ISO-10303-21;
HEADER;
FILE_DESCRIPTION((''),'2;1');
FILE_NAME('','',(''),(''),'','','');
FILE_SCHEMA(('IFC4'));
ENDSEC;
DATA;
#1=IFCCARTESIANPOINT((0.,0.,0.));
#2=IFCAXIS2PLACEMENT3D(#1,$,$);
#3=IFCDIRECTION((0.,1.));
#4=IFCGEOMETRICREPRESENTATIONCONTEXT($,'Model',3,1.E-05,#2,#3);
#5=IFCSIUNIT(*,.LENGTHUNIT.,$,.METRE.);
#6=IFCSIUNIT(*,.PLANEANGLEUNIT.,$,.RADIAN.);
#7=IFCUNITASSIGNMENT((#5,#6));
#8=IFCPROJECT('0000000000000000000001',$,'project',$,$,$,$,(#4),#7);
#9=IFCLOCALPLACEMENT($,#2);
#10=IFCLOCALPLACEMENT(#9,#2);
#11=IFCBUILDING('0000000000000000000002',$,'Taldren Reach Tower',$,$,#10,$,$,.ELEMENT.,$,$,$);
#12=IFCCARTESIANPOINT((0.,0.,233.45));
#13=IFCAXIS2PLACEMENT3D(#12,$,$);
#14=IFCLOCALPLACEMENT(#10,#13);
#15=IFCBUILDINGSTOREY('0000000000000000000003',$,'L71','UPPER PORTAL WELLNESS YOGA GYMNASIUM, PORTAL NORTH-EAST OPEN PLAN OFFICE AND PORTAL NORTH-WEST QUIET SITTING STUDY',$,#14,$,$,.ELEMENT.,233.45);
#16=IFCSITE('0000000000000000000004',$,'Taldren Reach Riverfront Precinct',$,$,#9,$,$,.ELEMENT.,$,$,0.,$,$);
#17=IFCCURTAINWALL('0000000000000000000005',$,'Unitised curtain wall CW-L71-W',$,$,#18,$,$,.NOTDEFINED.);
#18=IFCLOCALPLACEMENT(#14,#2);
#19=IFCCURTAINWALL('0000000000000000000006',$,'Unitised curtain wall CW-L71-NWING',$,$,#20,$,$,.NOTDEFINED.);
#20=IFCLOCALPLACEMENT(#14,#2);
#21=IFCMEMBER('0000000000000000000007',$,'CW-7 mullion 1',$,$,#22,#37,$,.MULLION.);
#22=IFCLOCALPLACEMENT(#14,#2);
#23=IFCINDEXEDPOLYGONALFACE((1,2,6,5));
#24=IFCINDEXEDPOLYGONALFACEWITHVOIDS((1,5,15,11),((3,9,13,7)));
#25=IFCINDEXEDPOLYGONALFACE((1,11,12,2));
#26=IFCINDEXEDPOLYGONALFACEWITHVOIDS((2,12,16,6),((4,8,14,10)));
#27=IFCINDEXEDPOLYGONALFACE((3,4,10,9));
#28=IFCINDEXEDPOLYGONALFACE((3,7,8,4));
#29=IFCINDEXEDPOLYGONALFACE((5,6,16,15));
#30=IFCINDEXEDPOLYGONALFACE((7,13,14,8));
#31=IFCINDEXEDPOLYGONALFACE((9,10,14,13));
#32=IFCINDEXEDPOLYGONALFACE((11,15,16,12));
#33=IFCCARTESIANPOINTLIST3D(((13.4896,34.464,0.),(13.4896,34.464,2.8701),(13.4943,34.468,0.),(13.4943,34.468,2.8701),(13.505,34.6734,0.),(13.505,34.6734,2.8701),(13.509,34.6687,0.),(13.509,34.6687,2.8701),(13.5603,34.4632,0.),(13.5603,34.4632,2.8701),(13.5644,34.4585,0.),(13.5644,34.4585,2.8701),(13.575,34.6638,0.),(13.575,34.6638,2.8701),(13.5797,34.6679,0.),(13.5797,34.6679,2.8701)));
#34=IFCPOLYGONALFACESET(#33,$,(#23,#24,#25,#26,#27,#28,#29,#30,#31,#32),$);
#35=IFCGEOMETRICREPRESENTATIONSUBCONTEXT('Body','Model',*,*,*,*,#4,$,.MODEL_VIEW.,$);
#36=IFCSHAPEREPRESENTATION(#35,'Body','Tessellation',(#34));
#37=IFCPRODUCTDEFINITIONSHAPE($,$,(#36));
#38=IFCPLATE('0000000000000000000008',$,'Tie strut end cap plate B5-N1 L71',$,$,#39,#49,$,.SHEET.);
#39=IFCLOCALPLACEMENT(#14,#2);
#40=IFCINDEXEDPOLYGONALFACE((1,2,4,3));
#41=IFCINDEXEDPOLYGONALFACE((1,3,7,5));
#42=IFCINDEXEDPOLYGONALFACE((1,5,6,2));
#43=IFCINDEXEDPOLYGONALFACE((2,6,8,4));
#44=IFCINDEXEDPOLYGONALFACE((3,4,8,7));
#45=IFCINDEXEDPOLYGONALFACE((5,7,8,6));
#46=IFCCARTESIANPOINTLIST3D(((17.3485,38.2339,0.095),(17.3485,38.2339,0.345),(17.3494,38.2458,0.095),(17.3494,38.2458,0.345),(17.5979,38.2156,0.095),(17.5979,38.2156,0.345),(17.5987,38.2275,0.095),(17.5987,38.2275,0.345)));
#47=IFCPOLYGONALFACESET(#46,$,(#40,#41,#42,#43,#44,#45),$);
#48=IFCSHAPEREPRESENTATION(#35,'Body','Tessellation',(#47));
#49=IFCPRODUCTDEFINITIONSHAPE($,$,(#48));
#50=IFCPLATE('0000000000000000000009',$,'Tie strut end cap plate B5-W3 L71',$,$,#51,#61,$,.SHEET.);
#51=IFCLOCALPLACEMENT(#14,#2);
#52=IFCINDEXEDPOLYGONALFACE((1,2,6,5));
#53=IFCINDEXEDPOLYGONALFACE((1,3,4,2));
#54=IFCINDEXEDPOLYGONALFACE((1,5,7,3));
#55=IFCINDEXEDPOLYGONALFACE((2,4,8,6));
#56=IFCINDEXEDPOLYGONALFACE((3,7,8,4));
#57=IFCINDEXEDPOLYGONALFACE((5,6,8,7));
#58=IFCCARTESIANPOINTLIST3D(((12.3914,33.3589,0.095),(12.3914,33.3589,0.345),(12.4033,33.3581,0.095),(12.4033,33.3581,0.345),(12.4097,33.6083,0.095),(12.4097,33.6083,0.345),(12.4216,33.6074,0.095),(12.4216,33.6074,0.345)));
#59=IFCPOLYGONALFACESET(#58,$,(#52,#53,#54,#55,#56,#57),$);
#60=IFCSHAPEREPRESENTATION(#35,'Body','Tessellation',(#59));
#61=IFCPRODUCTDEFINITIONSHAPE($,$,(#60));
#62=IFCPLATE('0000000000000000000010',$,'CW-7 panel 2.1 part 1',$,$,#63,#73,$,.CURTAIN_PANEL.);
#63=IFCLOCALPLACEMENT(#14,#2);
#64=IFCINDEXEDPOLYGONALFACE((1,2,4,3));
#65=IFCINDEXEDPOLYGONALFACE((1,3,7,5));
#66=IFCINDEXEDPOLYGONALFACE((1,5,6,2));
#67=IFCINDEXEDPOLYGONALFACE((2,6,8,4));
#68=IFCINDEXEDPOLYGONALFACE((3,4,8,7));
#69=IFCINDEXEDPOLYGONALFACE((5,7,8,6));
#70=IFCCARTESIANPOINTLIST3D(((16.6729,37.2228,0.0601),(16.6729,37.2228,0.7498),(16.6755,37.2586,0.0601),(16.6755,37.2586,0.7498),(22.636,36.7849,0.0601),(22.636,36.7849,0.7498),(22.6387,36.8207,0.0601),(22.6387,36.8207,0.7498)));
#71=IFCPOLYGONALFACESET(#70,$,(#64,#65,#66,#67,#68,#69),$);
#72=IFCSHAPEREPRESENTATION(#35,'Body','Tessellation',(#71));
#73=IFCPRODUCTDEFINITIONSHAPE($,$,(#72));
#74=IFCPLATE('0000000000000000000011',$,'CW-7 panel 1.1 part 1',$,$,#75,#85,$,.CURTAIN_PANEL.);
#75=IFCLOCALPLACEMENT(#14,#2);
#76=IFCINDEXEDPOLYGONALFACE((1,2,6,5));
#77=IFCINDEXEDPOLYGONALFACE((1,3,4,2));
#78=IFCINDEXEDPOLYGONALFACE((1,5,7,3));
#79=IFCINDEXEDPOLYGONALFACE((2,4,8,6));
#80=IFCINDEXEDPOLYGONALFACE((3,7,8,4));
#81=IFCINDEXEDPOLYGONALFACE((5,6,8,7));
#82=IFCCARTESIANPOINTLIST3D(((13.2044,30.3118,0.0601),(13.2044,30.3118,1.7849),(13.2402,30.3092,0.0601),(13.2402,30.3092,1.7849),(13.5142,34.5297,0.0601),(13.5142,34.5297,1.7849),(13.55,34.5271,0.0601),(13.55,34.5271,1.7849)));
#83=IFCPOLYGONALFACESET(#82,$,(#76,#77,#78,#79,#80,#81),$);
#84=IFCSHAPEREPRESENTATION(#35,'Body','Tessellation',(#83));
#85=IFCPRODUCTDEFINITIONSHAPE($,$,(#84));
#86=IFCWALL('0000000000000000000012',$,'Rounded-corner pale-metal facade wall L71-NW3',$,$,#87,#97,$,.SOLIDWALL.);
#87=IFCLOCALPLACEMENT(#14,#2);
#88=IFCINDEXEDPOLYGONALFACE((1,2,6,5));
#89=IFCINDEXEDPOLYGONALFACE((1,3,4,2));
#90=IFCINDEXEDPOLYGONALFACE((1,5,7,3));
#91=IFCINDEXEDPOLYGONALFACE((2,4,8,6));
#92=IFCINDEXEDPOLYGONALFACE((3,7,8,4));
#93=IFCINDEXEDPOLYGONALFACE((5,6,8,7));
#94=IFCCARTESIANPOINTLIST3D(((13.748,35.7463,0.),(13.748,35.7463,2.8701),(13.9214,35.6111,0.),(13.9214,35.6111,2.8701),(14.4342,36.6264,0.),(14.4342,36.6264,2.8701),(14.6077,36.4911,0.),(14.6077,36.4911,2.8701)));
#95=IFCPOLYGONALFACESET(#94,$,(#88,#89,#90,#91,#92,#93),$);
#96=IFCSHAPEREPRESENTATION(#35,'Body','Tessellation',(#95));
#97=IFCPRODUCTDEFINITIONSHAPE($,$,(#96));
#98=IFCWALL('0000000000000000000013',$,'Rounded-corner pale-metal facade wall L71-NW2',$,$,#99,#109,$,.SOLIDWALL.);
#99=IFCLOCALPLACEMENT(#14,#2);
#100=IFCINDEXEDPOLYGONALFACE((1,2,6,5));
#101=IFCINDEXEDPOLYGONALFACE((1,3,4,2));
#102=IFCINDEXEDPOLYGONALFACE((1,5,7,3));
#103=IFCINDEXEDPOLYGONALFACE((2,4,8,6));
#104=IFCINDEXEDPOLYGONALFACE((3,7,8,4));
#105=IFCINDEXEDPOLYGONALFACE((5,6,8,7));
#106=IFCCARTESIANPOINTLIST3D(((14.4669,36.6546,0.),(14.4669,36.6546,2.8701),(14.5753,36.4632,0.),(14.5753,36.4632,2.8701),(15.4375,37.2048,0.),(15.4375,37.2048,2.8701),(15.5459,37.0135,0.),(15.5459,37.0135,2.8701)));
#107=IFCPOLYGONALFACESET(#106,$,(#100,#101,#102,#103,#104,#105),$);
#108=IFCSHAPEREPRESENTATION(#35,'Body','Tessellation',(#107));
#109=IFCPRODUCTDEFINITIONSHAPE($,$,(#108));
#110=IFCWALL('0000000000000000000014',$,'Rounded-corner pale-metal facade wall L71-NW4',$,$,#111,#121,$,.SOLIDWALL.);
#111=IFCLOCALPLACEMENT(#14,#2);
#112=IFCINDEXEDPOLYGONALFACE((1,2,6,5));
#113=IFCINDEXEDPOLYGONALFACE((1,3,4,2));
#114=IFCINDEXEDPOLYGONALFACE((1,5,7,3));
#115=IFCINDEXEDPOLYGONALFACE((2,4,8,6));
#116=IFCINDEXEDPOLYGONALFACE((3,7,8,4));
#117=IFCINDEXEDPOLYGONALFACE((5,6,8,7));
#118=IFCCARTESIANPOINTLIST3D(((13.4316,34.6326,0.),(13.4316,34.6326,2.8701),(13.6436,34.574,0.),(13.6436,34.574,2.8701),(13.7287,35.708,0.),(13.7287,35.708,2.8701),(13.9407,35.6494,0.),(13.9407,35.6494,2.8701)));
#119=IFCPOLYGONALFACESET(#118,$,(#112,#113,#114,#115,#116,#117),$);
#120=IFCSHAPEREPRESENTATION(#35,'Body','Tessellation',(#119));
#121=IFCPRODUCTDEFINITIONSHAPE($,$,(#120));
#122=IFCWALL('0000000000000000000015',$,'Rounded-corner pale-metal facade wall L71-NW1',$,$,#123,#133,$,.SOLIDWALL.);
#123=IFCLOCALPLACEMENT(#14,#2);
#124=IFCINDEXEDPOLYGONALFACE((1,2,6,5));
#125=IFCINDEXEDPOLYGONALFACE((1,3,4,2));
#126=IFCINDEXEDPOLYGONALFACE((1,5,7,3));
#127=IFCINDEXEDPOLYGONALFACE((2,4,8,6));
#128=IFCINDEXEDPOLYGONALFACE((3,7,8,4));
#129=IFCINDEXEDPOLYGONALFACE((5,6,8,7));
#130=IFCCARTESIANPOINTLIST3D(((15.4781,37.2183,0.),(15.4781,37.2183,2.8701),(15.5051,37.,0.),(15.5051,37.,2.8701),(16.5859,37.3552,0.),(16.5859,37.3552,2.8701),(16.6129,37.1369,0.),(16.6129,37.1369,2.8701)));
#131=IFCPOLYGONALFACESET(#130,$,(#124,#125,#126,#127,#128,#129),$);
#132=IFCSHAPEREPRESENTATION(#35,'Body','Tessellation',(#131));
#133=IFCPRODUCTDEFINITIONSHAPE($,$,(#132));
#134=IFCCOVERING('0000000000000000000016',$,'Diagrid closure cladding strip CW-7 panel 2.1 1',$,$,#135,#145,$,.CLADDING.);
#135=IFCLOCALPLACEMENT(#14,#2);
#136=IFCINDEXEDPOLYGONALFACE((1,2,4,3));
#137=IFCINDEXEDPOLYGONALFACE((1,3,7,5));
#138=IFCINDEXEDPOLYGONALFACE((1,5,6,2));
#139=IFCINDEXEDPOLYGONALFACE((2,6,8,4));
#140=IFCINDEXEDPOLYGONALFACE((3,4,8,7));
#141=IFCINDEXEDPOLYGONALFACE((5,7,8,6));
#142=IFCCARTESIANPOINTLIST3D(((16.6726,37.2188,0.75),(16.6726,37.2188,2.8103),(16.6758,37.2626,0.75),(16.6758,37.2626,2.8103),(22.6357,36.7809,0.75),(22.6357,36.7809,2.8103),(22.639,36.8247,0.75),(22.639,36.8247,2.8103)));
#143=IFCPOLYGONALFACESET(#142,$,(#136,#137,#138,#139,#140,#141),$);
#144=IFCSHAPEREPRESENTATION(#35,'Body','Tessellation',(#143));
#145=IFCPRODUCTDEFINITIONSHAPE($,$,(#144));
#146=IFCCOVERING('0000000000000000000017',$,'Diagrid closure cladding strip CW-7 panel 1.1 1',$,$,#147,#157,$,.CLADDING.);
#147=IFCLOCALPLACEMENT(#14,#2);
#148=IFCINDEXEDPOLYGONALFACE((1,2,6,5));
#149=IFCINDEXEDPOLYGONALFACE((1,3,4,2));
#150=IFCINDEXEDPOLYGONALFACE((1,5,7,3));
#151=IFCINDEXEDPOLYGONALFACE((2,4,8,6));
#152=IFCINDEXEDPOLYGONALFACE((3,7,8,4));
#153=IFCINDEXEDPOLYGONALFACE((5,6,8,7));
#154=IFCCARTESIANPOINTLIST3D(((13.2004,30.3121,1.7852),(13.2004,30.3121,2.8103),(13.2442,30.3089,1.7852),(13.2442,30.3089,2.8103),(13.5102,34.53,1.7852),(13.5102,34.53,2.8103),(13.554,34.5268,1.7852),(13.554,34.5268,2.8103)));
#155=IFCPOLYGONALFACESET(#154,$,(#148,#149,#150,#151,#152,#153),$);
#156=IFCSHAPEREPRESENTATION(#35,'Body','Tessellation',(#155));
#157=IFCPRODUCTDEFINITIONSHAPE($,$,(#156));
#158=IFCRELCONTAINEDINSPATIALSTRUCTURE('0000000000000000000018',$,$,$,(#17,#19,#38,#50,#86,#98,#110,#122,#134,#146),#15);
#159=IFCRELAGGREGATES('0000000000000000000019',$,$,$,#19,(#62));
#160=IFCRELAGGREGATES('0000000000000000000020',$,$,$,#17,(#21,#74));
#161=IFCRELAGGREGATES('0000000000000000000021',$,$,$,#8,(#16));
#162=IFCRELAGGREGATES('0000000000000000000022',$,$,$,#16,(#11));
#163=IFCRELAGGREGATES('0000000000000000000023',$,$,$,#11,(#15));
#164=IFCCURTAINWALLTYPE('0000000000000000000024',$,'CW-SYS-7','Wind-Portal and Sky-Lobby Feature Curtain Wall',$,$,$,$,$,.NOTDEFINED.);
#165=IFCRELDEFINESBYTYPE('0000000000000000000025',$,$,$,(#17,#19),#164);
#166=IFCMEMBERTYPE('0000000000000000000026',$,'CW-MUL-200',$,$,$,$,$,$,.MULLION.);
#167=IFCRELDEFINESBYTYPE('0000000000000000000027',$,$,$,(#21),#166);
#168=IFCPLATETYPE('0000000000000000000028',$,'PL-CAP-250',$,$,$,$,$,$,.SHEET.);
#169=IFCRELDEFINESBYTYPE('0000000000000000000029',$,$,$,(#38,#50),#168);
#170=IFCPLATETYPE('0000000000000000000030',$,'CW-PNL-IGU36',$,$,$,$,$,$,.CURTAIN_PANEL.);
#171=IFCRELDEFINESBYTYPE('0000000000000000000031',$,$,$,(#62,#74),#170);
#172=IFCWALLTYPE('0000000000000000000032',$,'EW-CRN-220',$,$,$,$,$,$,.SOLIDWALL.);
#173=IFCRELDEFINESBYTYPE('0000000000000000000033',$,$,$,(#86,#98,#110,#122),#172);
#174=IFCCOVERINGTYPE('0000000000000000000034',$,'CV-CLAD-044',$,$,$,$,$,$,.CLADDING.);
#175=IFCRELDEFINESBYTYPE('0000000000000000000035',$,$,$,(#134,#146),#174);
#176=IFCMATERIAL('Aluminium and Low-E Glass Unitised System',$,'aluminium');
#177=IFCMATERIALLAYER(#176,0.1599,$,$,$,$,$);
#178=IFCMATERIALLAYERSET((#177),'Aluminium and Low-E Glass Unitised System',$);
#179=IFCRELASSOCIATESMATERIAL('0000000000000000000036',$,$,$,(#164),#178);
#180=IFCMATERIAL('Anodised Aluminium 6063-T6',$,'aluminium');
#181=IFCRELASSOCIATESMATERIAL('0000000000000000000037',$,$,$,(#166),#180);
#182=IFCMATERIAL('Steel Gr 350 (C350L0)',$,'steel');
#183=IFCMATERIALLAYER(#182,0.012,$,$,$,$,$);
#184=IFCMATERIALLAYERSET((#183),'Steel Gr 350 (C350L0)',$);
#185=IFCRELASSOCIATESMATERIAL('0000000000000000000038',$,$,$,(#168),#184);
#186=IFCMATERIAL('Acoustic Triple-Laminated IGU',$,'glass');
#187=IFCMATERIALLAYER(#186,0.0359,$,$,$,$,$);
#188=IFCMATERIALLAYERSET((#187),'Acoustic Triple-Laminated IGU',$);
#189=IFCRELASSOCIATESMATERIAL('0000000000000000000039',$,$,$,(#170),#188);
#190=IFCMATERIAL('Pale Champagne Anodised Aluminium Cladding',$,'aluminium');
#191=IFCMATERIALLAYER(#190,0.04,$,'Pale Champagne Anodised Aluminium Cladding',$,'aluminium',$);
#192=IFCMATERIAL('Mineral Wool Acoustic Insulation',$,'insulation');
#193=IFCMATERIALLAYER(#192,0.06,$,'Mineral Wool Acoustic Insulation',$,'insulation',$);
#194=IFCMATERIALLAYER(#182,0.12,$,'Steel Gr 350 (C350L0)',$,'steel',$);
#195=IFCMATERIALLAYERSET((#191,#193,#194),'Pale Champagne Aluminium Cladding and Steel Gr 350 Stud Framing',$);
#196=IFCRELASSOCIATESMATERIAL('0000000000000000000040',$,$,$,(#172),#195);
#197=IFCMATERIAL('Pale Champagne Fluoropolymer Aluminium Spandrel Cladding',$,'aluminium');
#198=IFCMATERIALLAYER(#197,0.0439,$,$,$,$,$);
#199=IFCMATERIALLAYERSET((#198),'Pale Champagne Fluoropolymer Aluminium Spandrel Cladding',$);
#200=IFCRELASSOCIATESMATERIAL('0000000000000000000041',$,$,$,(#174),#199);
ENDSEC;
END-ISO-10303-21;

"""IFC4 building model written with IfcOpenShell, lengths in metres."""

from ifc_helpers import new_model, si_unit, direction, frame, frame_2d, origin, origin_2d, place, context, subcontext, project, spatial, rectangle, hollow_rectangle, extrude, source, transform, mapped, material, layer, layer_set, material_profile, profile_set, type_object, element, aggregate, save


model = new_model("IFC4")

# Units and contexts
model_context = context("Model", 3, precision=1e-05, world=origin(), true_north=direction((0.0, 1.0)))
body_context = subcontext(model_context, "Body", "Model", "MODEL_VIEW")
ifc_project = project(units=[si_unit("LENGTHUNIT", "METRE"), si_unit("PLANEANGLEUNIT", "RADIAN")], contexts=[model_context])

# Site, building, storey
site_placement = place(None, origin())
site = spatial("IfcSite", under=ifc_project, at=site_placement, Name="Taldren Reach Riverfront Precinct", CompositionType="ELEMENT", RefElevation=0.0)
building_placement = place(site_placement, origin())
building = spatial("IfcBuilding", under=site, at=building_placement, Name="Taldren Reach Tower", CompositionType="ELEMENT")
storey_placement = place(building_placement, frame((0.0, 0.0, 233.45)))
storey = spatial("IfcBuildingStorey", under=building, at=storey_placement, Name="L71", Description="UPPER PORTAL WELLNESS YOGA GYMNASIUM, PORTAL NORTH-EAST OPEN PLAN OFFICE AND PORTAL NORTH-WEST QUIET SITTING STUDY", CompositionType="ELEMENT", Elevation=233.45)

# Shared definitions
ifc_material_1 = material(Name="Steel Gr 350 (C350L0)", Category="steel")

# Curtain walls
ifc_material_2 = material(Name="Aluminium and Low-E Glass Unitised System", Category="aluminium")
ifc_layer_1 = layer(ifc_material_2, 0.1599)
ifc_layer_set_1 = layer_set([ifc_layer_1], Name="Aluminium and Low-E Glass Unitised System")
curtain_wall_type = type_object("IfcCurtainWallType", Name="CW-SYS-7", Description="Wind-Portal and Sky-Lobby Feature Curtain Wall", PredefinedType="NOTDEFINED", material=ifc_layer_set_1)
curtain_wall_1_placement = place(storey_placement, origin())
curtain_wall_1 = element("IfcCurtainWall", 1, at=curtain_wall_1_placement, inside=storey, type_object=curtain_wall_type, Name="Unitised curtain wall CW-L71-W", PredefinedType="NOTDEFINED")
ifc_material_3 = material(Name="Anodised Aluminium 6063-T6", Category="aluminium")
curtain_wall_2_placement = place(storey_placement, origin())
curtain_wall_2 = element("IfcCurtainWall", 2, at=curtain_wall_2_placement, inside=storey, type_object=curtain_wall_type, Name="Unitised curtain wall CW-L71-NWING", PredefinedType="NOTDEFINED")
ifc_material_profile_1 = material_profile(ifc_material_3, hollow_rectangle(XDim=0.075, YDim=0.21, WallThickness=0.0044, at=origin_2d()), Name="ALU-210x75x4.5RHS")
ifc_profile_set_1 = profile_set([ifc_material_profile_1], Name="Anodised Aluminium 6063-T6")
member_type_1 = type_object("IfcMemberType", Name="CW-MUL-200", PredefinedType="MULLION", material=ifc_profile_set_1)
shared_shape_1 = source(origin(), body_context, "Body", "SweptSolid", [
    extrude(hollow_rectangle(XDim=0.075, YDim=0.21, WallThickness=0.0044, at=origin_2d()), origin(), (0.0, 0.0, 1.0), 2.8701),
])

# Member
member_1_placement = place(storey_placement, frame((13.5347, 34.5659, 0.0), z_axis=(0.0, 0.0, 1.0), x_axis=(0.997314, -0.073238, 0.0)))
member_1 = element("IfcMember", 3, at=member_1_placement, type_object=member_type_1, Name="CW-7 mullion 1", PredefinedType="MULLION", context=body_context, shape_type="MappedRepresentation", body=[
    mapped(shared_shape_1, transform((0.0, 0.0, 0.0), scale=1.0)),
])

# Plates
ifc_layer_2 = layer(ifc_material_1, 0.012)
ifc_layer_set_2 = layer_set([ifc_layer_2], Name="Steel Gr 350 (C350L0)")
plate_type_1 = type_object("IfcPlateType", Name="PL-CAP-250", PredefinedType="SHEET", material=ifc_layer_set_2)
shared_shape_2 = source(origin(), body_context, "Body", "SweptSolid", [
    extrude(rectangle(XDim=0.25, YDim=0.012, at=origin_2d()), origin(), (0.0, 0.0, 1.0), 0.25),
])
plate_1_placement = place(storey_placement, frame((17.4736, 38.2307, 0.095), z_axis=(0.0, 0.0, 1.0), x_axis=(0.997314, -0.073238, 0.0)))
element("IfcPlate", 4, at=plate_1_placement, inside=storey, type_object=plate_type_1, Name="Tie strut end cap plate B5-N1 L71", PredefinedType="SHEET", context=body_context, shape_type="MappedRepresentation", body=[
    mapped(shared_shape_2, transform((0.0, 0.0, 0.0), scale=1.0)),
])
shared_shape_3 = source(origin(), body_context, "Body", "SweptSolid", [
    extrude(rectangle(XDim=0.012, YDim=0.25, at=origin_2d()), origin(), (0.0, 0.0, 1.0), 0.25),
])
plate_2_placement = place(storey_placement, frame((12.4065, 33.4832, 0.095), z_axis=(0.0, 0.0, 1.0), x_axis=(0.997314, -0.073238, 0.0)))
element("IfcPlate", 5, at=plate_2_placement, inside=storey, type_object=plate_type_1, Name="Tie strut end cap plate B5-W3 L71", PredefinedType="SHEET", context=body_context, shape_type="MappedRepresentation", body=[
    mapped(shared_shape_3, transform((0.0, 0.0, 0.0), scale=1.0)),
])

# Plates
ifc_material_4 = material(Name="Acoustic Triple-Laminated IGU", Category="glass")
ifc_layer_3 = layer(ifc_material_4, 0.0359)
ifc_layer_set_3 = layer_set([ifc_layer_3], Name="Acoustic Triple-Laminated IGU")
plate_type_2 = type_object("IfcPlateType", Name="CW-PNL-IGU36", PredefinedType="CURTAIN_PANEL", material=ifc_layer_set_3)
shared_shape_4 = source(origin(), body_context, "Body", "SweptSolid", [
    extrude(rectangle(XDim=5.9792, YDim=0.0359, at=origin_2d()), origin(), (0.0, 0.0, 1.0), 0.6897),
])
plate_3_placement = place(storey_placement, frame((19.6558, 37.0217, 0.0601), z_axis=(0.0, 0.0, 1.0), x_axis=(-0.997314, 0.073238, 0.0)))
plate_3 = element("IfcPlate", 6, at=plate_3_placement, type_object=plate_type_2, Name="CW-7 panel 2.1 part 1", PredefinedType="CURTAIN_PANEL", context=body_context, shape_type="MappedRepresentation", body=[
    mapped(shared_shape_4, transform((0.0, 0.0, 0.0), scale=1.0)),
])
aggregate(curtain_wall_2, [plate_3])
shared_shape_5 = source(origin(), body_context, "Body", "SweptSolid", [
    extrude(rectangle(XDim=4.2292, YDim=0.0359, at=origin_2d()), origin(), (0.0, 0.0, 1.0), 1.7249),
])
plate_4_placement = place(storey_placement, frame((13.3772, 32.4194, 0.0601), z_axis=(0.0, 0.0, 1.0), x_axis=(-0.073238, -0.997314, 0.0)))
plate_4 = element("IfcPlate", 7, at=plate_4_placement, type_object=plate_type_2, Name="CW-7 panel 1.1 part 1", PredefinedType="CURTAIN_PANEL", context=body_context, shape_type="MappedRepresentation", body=[
    mapped(shared_shape_5, transform((0.0, 0.0, 0.0), scale=1.0)),
])
aggregate(curtain_wall_1, [member_1, plate_4])

# Walls
ifc_material_5 = material(Name="Pale Champagne Anodised Aluminium Cladding", Category="aluminium")
ifc_layer_4 = layer(ifc_material_5, 0.04, Name="Pale Champagne Anodised Aluminium Cladding", Category="aluminium")
ifc_material_6 = material(Name="Mineral Wool Acoustic Insulation", Category="insulation")
ifc_layer_5 = layer(ifc_material_6, 0.06, Name="Mineral Wool Acoustic Insulation", Category="insulation")
ifc_layer_6 = layer(ifc_material_1, 0.12, Name="Steel Gr 350 (C350L0)", Category="steel")
ifc_layer_set_4 = layer_set([ifc_layer_4, ifc_layer_5, ifc_layer_6], Name="Pale Champagne Aluminium Cladding and Steel Gr 350 Stud Framing")
wall_type = type_object("IfcWallType", Name="EW-CRN-220", PredefinedType="SOLIDWALL", material=ifc_layer_set_4)
shared_shape_6 = source(origin(), body_context, "Body", "SweptSolid", [
    extrude(rectangle(XDim=1.116, YDim=0.22, at=frame_2d((0.5581, 0.0))), origin(), (0.0, 0.0, 1.0), 2.8701),
])
wall_1_placement = place(storey_placement, frame((14.521, 36.5588, 0.0), z_axis=(0.0, 0.0, 1.0), x_axis=(-0.614909, -0.788598, 0.0)))
element("IfcWall", 8, at=wall_1_placement, inside=storey, type_object=wall_type, Name="Rounded-corner pale-metal facade wall L71-NW3", PredefinedType="SOLIDWALL", context=body_context, shape_type="MappedRepresentation", body=[
    mapped(shared_shape_6, transform((0.0, 0.0, 0.0), scale=1.0)),
])
shared_shape_7 = source(origin(), body_context, "Body", "SweptSolid", [
    extrude(rectangle(XDim=1.1157, YDim=0.22, at=frame_2d((0.5579, 0.0))), origin(), (0.0, 0.0, 1.0), 2.8701),
])
for number, where, z_axis, x_axis, name in (
    (9, (15.4917, 37.1091, 0.0), (0.0, 0.0, 1.0), (-0.869935, -0.493167, 0.0), "Rounded-corner pale-metal facade wall L71-NW2"),
    (10, (13.8347, 35.6787, 0.0), (0.0, 0.0, 1.0), (-0.266301, -0.96389, 0.0), "Rounded-corner pale-metal facade wall L71-NW4"),
):
    element("IfcWall", number, at=place(storey_placement, frame(where, z_axis=z_axis, x_axis=x_axis)), inside=storey, type_object=wall_type, Name=name, PredefinedType="SOLIDWALL", context=body_context, shape_type="MappedRepresentation", body=[
        mapped(shared_shape_7, transform((0.0, 0.0, 0.0), scale=1.0)),
    ])
shared_shape_8 = source(origin(), body_context, "Body", "SweptSolid", [
    extrude(rectangle(XDim=1.1162, YDim=0.22, at=frame_2d((0.5581, 0.0))), origin(), (0.0, 0.0, 1.0), 2.8701),
])
wall_2_placement = place(storey_placement, frame((16.5994, 37.2461, 0.0), z_axis=(0.0, 0.0, 1.0), x_axis=(-0.992442, -0.122715, 0.0)))
element("IfcWall", 11, at=wall_2_placement, inside=storey, type_object=wall_type, Name="Rounded-corner pale-metal facade wall L71-NW1", PredefinedType="SOLIDWALL", context=body_context, shape_type="MappedRepresentation", body=[
    mapped(shared_shape_8, transform((0.0, 0.0, 0.0), scale=1.0)),
])

# Coverings
ifc_material_7 = material(Name="Pale Champagne Fluoropolymer Aluminium Spandrel Cladding", Category="aluminium")
ifc_layer_7 = layer(ifc_material_7, 0.0439)
ifc_layer_set_5 = layer_set([ifc_layer_7], Name="Pale Champagne Fluoropolymer Aluminium Spandrel Cladding")
covering_type = type_object("IfcCoveringType", Name="CV-CLAD-044", PredefinedType="CLADDING", material=ifc_layer_set_5)
shared_shape_9 = source(origin(), body_context, "Body", "SweptSolid", [
    extrude(rectangle(XDim=5.9792, YDim=0.0439, at=origin_2d()), origin(), (0.0, 0.0, 1.0), 2.0603),
])
covering_1_placement = place(storey_placement, frame((19.6558, 37.0217, 0.75), z_axis=(0.0, 0.0, 1.0), x_axis=(-0.997314, 0.073238, 0.0)))
element("IfcCovering", 12, at=covering_1_placement, inside=storey, type_object=covering_type, Name="Diagrid closure cladding strip CW-7 panel 2.1 1", PredefinedType="CLADDING", context=body_context, shape_type="MappedRepresentation", body=[
    mapped(shared_shape_9, transform((0.0, 0.0, 0.0), scale=1.0)),
])
shared_shape_10 = source(origin(), body_context, "Body", "SweptSolid", [
    extrude(rectangle(XDim=4.2292, YDim=0.0439, at=origin_2d()), origin(), (0.0, 0.0, 1.0), 1.0251),
])
covering_2_placement = place(storey_placement, frame((13.3772, 32.4194, 1.7852), z_axis=(0.0, 0.0, 1.0), x_axis=(-0.073238, -0.997314, 0.0)))
element("IfcCovering", 13, at=covering_2_placement, inside=storey, type_object=covering_type, Name="Diagrid closure cladding strip CW-7 panel 1.1 1", PredefinedType="CLADDING", context=body_context, shape_type="MappedRepresentation", body=[
    mapped(shared_shape_10, transform((0.0, 0.0, 0.0), scale=1.0)),
])

save(model, "model.ifc")
